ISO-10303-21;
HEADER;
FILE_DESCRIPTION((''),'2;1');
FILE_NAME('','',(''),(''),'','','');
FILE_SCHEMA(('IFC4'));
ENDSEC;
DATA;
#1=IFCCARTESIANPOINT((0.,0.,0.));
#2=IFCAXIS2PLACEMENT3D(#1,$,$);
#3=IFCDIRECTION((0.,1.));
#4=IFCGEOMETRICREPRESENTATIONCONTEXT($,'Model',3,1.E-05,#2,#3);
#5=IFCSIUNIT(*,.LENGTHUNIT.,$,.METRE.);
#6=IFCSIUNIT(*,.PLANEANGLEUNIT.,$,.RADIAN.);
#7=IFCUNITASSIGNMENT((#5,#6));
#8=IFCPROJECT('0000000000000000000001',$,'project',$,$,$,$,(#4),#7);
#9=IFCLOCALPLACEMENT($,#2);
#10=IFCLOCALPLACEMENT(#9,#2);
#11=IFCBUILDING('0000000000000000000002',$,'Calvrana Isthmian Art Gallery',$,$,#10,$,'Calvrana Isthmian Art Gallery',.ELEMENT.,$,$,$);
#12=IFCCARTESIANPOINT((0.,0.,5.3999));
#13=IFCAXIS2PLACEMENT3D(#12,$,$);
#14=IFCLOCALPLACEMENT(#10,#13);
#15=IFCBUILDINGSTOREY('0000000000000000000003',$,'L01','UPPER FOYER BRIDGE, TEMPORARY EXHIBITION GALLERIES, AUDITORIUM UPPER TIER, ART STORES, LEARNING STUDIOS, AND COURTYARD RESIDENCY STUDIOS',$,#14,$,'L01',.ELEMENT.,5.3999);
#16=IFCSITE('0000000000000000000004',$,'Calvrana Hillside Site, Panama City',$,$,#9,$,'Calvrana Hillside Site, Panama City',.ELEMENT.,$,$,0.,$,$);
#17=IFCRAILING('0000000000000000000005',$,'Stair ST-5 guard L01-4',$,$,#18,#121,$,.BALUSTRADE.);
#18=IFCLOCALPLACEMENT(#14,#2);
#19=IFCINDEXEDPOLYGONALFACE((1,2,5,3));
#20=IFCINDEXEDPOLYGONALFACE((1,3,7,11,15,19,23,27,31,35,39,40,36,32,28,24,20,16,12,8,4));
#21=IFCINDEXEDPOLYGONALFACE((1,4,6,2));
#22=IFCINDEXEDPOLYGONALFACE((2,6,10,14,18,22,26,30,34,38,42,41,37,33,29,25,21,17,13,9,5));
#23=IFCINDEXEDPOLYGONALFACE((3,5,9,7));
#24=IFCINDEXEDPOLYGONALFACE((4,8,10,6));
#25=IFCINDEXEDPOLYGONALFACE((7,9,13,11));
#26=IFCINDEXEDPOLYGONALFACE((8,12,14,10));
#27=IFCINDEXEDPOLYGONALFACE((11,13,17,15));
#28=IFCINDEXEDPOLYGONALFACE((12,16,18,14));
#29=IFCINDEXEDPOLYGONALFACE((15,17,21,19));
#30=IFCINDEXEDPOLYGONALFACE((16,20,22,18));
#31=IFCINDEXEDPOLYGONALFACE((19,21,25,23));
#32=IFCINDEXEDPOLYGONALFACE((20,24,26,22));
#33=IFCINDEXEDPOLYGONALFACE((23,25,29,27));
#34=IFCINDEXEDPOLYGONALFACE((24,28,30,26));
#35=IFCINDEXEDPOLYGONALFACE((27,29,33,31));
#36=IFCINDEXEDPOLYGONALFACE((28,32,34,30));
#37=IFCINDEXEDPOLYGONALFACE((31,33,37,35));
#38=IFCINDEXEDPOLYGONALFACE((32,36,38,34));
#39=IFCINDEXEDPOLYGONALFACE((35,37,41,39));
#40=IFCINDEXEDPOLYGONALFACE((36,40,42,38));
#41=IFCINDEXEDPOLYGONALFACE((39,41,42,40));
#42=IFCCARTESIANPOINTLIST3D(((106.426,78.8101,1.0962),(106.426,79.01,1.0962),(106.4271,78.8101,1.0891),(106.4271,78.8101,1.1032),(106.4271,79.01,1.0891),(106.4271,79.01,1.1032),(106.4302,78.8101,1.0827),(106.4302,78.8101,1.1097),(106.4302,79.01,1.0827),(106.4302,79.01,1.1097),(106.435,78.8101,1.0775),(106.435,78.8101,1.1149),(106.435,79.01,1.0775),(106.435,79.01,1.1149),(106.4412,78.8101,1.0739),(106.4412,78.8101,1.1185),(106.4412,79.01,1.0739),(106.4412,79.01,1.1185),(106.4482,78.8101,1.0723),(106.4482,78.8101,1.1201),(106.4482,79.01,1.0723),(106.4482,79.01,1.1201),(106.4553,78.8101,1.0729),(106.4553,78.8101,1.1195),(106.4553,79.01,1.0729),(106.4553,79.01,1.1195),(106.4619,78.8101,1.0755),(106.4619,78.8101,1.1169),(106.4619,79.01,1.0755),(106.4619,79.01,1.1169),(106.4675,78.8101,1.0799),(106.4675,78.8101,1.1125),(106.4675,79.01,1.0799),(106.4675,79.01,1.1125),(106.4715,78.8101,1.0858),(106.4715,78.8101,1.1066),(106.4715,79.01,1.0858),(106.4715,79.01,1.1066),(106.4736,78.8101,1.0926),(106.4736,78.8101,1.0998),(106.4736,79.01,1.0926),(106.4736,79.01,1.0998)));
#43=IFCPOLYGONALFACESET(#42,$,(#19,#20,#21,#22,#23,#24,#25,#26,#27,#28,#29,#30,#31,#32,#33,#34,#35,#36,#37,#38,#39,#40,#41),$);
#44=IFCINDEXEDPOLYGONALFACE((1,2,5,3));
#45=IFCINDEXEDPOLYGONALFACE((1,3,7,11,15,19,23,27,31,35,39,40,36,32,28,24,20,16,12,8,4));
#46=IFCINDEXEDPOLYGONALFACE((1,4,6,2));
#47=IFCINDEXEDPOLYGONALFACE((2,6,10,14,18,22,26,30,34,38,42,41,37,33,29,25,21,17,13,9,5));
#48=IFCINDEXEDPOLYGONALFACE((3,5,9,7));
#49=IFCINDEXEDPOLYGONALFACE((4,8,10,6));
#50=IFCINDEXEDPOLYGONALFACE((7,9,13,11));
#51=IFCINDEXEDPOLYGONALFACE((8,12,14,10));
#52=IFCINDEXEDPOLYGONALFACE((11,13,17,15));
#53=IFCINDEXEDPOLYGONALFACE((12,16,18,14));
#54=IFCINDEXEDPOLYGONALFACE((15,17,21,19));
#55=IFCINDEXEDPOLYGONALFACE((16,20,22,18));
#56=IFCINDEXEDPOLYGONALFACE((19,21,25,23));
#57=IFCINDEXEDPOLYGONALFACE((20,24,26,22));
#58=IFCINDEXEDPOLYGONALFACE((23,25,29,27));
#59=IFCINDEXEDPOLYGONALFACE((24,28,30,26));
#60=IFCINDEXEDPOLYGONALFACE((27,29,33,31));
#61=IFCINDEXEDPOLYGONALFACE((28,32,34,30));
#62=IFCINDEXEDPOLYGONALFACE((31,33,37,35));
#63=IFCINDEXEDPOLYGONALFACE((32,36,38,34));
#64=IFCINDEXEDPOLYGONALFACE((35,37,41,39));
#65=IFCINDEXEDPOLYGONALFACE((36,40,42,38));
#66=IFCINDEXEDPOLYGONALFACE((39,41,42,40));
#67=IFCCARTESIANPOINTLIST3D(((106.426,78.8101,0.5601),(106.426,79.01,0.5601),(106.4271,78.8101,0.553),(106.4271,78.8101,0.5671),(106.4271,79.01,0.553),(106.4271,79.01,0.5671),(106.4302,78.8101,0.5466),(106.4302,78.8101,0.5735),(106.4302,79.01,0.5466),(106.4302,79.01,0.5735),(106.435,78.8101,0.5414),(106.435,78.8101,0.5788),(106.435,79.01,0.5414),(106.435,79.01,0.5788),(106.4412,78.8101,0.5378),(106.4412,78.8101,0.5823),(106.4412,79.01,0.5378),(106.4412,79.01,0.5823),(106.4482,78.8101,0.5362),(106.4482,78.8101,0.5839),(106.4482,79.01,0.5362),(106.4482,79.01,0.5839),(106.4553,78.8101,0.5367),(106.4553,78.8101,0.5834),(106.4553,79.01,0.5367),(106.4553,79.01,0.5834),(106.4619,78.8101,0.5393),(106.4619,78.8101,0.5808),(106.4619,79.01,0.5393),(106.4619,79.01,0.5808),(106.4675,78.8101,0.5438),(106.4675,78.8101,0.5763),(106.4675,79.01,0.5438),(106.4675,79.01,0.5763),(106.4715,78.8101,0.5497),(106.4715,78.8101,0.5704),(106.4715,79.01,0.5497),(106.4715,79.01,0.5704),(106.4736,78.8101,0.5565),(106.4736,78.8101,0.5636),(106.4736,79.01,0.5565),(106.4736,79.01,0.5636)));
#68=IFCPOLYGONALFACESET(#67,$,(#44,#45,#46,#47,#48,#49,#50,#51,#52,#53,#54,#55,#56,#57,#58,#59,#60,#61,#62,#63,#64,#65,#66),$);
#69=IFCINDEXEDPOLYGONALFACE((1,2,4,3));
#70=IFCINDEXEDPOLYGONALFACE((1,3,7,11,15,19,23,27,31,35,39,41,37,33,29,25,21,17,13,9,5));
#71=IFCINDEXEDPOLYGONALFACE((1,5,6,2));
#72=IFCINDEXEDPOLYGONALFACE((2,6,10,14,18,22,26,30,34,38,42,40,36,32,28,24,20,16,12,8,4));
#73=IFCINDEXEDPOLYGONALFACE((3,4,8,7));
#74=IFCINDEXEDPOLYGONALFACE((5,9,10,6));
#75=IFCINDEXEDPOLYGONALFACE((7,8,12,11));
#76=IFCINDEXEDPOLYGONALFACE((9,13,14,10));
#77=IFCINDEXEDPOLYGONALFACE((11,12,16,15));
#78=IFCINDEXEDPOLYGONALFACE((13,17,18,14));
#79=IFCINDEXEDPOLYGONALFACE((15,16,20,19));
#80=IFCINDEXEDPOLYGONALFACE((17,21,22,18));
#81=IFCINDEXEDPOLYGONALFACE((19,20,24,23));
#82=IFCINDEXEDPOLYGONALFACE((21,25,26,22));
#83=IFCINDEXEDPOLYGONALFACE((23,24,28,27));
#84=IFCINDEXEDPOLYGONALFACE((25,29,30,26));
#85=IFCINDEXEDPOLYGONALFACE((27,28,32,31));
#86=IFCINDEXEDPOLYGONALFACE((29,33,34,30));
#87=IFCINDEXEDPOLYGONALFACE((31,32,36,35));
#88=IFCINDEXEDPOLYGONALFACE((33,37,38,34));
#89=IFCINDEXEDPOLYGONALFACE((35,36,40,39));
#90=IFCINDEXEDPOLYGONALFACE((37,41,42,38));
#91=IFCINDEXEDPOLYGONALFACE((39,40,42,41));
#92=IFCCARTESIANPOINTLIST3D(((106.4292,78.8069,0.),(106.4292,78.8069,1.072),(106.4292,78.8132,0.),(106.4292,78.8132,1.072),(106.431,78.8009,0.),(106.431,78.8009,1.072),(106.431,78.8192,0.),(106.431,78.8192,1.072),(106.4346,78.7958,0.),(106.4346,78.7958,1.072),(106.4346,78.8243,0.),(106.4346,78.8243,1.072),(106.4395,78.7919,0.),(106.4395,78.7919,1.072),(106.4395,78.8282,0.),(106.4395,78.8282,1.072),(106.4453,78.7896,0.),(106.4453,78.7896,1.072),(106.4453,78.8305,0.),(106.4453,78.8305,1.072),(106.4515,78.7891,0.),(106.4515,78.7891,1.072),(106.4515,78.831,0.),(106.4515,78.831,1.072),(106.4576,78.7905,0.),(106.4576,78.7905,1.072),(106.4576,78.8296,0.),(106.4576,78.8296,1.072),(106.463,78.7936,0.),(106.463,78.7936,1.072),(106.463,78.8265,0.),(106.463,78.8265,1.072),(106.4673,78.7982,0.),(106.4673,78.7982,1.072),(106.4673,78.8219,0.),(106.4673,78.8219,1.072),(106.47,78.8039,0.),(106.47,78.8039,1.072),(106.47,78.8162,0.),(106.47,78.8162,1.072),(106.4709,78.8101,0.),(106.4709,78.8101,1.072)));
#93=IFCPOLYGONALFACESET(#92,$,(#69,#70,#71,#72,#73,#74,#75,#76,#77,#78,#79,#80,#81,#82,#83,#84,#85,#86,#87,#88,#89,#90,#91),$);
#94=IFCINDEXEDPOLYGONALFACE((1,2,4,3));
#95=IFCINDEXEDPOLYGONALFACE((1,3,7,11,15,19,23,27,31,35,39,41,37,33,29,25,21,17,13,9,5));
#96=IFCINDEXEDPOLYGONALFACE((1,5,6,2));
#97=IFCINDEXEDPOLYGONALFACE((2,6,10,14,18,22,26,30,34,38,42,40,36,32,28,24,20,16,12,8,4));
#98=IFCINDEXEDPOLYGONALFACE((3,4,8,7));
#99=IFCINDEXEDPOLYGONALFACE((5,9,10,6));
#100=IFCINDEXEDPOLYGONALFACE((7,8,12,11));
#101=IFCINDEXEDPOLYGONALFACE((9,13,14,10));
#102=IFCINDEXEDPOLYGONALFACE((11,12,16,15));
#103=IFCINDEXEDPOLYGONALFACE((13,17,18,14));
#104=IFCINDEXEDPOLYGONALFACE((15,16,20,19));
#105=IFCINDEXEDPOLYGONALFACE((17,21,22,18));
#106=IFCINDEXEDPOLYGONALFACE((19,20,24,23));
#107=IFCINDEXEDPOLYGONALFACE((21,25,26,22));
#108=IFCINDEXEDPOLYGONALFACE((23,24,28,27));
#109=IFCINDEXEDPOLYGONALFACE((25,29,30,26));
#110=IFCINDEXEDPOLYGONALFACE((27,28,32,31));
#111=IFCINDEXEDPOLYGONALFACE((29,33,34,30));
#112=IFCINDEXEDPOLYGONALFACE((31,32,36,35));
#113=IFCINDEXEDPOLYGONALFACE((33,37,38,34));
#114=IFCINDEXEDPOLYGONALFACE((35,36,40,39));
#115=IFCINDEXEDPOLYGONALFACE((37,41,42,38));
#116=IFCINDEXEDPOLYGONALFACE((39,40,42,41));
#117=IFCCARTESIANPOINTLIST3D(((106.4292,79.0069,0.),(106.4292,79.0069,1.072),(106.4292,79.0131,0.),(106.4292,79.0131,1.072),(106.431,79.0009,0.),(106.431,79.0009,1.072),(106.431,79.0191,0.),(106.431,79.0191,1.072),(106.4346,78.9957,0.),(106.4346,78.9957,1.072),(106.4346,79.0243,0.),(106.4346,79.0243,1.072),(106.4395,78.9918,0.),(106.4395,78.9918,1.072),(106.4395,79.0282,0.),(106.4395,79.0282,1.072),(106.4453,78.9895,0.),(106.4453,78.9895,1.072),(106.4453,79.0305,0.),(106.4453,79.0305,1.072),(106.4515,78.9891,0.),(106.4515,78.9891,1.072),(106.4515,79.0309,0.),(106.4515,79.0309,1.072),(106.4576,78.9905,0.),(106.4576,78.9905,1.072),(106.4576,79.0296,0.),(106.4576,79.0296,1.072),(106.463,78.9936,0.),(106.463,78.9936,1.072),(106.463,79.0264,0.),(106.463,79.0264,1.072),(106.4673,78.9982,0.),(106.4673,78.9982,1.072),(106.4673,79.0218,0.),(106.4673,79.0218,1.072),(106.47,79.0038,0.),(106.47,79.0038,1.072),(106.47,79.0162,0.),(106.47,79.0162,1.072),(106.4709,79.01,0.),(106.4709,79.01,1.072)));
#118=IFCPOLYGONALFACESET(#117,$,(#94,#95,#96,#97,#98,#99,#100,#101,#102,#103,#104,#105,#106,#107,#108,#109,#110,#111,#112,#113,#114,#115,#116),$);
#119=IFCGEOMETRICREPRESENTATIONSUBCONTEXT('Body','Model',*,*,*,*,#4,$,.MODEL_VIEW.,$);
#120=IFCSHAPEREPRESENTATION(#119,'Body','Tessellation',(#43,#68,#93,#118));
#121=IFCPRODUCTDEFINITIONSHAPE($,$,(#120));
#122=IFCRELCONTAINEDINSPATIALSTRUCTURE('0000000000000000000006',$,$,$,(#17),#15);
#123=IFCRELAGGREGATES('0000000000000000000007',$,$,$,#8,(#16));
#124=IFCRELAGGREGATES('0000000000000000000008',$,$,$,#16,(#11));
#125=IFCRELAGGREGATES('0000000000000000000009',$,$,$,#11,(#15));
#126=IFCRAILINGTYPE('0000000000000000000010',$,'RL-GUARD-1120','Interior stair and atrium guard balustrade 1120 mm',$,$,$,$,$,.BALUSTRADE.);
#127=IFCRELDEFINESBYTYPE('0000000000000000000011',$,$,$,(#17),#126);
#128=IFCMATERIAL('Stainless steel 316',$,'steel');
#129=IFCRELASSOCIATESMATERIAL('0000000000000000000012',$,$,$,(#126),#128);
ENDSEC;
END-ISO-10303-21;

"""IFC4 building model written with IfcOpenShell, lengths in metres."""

from ifc_helpers import new_model, si_unit, direction, frame, origin, origin_2d, place, context, subcontext, project, spatial, circle, extrude, material, type_object, element, save


model = new_model("IFC4")

# Units and contexts
model_context = context("Model", 3, precision=1e-05, world=origin(), true_north=direction((0.0, 1.0)))
body_context = subcontext(model_context, "Body", "Model", "MODEL_VIEW")
ifc_project = project(units=[si_unit("LENGTHUNIT", "METRE"), si_unit("PLANEANGLEUNIT", "RADIAN")], contexts=[model_context])

# Site, building, storey
site_placement = place(None, origin())
site = spatial("IfcSite", under=ifc_project, at=site_placement, Name="Calvrana Hillside Site, Panama City", LongName="Calvrana Hillside Site, Panama City", CompositionType="ELEMENT", RefElevation=0.0)
building_placement = place(site_placement, origin())
building = spatial("IfcBuilding", under=site, at=building_placement, Name="Calvrana Isthmian Art Gallery", LongName="Calvrana Isthmian Art Gallery", CompositionType="ELEMENT")
storey_placement = place(building_placement, frame((0.0, 0.0, 5.3999)))
storey = spatial("IfcBuildingStorey", under=building, at=storey_placement, Name="L01", Description="UPPER FOYER BRIDGE, TEMPORARY EXHIBITION GALLERIES, AUDITORIUM UPPER TIER, ART STORES, LEARNING STUDIOS, AND COURTYARD RESIDENCY STUDIOS", LongName="L01", CompositionType="ELEMENT", Elevation=5.3999)

# Railing
ifc_material_1 = material(Name="Stainless steel 316", Category="steel")
railing_type_1 = type_object("IfcRailingType", Name="RL-GUARD-1120", Description="Interior stair and atrium guard balustrade 1120 mm", PredefinedType="BALUSTRADE", material=ifc_material_1)
railing_1_placement = place(storey_placement, frame((106.45, 78.8101, 0.0)))
element("IfcRailing", 1, at=railing_1_placement, inside=storey, type_object=railing_type_1, Name="Stair ST-5 guard L01-4", PredefinedType="BALUSTRADE", context=body_context, shape_type="SweptSolid", body=[
    extrude(circle(Radius=0.0239, at=origin_2d()), frame((0.0, 0.0, 1.0962), z_axis=(0.0, 1.0, 0.0), x_axis=(-1.0, 0.0, 0.0)), (0.0, 0.0, 1.0), 0.2),
    extrude(circle(Radius=0.0239, at=origin_2d()), frame((0.0, 0.0, 0.5601), z_axis=(0.0, 1.0, 0.0), x_axis=(-1.0, 0.0, 0.0)), (0.0, 0.0, 1.0), 0.2),
    extrude(circle(Radius=0.021, at=origin_2d()), origin(), (0.0, 0.0, 1.0), 1.072),
    extrude(circle(Radius=0.021, at=origin_2d()), frame((0.0, 0.2, 0.0)), (0.0, 0.0, 1.0), 1.072),
])

save(model, "model.ifc")
